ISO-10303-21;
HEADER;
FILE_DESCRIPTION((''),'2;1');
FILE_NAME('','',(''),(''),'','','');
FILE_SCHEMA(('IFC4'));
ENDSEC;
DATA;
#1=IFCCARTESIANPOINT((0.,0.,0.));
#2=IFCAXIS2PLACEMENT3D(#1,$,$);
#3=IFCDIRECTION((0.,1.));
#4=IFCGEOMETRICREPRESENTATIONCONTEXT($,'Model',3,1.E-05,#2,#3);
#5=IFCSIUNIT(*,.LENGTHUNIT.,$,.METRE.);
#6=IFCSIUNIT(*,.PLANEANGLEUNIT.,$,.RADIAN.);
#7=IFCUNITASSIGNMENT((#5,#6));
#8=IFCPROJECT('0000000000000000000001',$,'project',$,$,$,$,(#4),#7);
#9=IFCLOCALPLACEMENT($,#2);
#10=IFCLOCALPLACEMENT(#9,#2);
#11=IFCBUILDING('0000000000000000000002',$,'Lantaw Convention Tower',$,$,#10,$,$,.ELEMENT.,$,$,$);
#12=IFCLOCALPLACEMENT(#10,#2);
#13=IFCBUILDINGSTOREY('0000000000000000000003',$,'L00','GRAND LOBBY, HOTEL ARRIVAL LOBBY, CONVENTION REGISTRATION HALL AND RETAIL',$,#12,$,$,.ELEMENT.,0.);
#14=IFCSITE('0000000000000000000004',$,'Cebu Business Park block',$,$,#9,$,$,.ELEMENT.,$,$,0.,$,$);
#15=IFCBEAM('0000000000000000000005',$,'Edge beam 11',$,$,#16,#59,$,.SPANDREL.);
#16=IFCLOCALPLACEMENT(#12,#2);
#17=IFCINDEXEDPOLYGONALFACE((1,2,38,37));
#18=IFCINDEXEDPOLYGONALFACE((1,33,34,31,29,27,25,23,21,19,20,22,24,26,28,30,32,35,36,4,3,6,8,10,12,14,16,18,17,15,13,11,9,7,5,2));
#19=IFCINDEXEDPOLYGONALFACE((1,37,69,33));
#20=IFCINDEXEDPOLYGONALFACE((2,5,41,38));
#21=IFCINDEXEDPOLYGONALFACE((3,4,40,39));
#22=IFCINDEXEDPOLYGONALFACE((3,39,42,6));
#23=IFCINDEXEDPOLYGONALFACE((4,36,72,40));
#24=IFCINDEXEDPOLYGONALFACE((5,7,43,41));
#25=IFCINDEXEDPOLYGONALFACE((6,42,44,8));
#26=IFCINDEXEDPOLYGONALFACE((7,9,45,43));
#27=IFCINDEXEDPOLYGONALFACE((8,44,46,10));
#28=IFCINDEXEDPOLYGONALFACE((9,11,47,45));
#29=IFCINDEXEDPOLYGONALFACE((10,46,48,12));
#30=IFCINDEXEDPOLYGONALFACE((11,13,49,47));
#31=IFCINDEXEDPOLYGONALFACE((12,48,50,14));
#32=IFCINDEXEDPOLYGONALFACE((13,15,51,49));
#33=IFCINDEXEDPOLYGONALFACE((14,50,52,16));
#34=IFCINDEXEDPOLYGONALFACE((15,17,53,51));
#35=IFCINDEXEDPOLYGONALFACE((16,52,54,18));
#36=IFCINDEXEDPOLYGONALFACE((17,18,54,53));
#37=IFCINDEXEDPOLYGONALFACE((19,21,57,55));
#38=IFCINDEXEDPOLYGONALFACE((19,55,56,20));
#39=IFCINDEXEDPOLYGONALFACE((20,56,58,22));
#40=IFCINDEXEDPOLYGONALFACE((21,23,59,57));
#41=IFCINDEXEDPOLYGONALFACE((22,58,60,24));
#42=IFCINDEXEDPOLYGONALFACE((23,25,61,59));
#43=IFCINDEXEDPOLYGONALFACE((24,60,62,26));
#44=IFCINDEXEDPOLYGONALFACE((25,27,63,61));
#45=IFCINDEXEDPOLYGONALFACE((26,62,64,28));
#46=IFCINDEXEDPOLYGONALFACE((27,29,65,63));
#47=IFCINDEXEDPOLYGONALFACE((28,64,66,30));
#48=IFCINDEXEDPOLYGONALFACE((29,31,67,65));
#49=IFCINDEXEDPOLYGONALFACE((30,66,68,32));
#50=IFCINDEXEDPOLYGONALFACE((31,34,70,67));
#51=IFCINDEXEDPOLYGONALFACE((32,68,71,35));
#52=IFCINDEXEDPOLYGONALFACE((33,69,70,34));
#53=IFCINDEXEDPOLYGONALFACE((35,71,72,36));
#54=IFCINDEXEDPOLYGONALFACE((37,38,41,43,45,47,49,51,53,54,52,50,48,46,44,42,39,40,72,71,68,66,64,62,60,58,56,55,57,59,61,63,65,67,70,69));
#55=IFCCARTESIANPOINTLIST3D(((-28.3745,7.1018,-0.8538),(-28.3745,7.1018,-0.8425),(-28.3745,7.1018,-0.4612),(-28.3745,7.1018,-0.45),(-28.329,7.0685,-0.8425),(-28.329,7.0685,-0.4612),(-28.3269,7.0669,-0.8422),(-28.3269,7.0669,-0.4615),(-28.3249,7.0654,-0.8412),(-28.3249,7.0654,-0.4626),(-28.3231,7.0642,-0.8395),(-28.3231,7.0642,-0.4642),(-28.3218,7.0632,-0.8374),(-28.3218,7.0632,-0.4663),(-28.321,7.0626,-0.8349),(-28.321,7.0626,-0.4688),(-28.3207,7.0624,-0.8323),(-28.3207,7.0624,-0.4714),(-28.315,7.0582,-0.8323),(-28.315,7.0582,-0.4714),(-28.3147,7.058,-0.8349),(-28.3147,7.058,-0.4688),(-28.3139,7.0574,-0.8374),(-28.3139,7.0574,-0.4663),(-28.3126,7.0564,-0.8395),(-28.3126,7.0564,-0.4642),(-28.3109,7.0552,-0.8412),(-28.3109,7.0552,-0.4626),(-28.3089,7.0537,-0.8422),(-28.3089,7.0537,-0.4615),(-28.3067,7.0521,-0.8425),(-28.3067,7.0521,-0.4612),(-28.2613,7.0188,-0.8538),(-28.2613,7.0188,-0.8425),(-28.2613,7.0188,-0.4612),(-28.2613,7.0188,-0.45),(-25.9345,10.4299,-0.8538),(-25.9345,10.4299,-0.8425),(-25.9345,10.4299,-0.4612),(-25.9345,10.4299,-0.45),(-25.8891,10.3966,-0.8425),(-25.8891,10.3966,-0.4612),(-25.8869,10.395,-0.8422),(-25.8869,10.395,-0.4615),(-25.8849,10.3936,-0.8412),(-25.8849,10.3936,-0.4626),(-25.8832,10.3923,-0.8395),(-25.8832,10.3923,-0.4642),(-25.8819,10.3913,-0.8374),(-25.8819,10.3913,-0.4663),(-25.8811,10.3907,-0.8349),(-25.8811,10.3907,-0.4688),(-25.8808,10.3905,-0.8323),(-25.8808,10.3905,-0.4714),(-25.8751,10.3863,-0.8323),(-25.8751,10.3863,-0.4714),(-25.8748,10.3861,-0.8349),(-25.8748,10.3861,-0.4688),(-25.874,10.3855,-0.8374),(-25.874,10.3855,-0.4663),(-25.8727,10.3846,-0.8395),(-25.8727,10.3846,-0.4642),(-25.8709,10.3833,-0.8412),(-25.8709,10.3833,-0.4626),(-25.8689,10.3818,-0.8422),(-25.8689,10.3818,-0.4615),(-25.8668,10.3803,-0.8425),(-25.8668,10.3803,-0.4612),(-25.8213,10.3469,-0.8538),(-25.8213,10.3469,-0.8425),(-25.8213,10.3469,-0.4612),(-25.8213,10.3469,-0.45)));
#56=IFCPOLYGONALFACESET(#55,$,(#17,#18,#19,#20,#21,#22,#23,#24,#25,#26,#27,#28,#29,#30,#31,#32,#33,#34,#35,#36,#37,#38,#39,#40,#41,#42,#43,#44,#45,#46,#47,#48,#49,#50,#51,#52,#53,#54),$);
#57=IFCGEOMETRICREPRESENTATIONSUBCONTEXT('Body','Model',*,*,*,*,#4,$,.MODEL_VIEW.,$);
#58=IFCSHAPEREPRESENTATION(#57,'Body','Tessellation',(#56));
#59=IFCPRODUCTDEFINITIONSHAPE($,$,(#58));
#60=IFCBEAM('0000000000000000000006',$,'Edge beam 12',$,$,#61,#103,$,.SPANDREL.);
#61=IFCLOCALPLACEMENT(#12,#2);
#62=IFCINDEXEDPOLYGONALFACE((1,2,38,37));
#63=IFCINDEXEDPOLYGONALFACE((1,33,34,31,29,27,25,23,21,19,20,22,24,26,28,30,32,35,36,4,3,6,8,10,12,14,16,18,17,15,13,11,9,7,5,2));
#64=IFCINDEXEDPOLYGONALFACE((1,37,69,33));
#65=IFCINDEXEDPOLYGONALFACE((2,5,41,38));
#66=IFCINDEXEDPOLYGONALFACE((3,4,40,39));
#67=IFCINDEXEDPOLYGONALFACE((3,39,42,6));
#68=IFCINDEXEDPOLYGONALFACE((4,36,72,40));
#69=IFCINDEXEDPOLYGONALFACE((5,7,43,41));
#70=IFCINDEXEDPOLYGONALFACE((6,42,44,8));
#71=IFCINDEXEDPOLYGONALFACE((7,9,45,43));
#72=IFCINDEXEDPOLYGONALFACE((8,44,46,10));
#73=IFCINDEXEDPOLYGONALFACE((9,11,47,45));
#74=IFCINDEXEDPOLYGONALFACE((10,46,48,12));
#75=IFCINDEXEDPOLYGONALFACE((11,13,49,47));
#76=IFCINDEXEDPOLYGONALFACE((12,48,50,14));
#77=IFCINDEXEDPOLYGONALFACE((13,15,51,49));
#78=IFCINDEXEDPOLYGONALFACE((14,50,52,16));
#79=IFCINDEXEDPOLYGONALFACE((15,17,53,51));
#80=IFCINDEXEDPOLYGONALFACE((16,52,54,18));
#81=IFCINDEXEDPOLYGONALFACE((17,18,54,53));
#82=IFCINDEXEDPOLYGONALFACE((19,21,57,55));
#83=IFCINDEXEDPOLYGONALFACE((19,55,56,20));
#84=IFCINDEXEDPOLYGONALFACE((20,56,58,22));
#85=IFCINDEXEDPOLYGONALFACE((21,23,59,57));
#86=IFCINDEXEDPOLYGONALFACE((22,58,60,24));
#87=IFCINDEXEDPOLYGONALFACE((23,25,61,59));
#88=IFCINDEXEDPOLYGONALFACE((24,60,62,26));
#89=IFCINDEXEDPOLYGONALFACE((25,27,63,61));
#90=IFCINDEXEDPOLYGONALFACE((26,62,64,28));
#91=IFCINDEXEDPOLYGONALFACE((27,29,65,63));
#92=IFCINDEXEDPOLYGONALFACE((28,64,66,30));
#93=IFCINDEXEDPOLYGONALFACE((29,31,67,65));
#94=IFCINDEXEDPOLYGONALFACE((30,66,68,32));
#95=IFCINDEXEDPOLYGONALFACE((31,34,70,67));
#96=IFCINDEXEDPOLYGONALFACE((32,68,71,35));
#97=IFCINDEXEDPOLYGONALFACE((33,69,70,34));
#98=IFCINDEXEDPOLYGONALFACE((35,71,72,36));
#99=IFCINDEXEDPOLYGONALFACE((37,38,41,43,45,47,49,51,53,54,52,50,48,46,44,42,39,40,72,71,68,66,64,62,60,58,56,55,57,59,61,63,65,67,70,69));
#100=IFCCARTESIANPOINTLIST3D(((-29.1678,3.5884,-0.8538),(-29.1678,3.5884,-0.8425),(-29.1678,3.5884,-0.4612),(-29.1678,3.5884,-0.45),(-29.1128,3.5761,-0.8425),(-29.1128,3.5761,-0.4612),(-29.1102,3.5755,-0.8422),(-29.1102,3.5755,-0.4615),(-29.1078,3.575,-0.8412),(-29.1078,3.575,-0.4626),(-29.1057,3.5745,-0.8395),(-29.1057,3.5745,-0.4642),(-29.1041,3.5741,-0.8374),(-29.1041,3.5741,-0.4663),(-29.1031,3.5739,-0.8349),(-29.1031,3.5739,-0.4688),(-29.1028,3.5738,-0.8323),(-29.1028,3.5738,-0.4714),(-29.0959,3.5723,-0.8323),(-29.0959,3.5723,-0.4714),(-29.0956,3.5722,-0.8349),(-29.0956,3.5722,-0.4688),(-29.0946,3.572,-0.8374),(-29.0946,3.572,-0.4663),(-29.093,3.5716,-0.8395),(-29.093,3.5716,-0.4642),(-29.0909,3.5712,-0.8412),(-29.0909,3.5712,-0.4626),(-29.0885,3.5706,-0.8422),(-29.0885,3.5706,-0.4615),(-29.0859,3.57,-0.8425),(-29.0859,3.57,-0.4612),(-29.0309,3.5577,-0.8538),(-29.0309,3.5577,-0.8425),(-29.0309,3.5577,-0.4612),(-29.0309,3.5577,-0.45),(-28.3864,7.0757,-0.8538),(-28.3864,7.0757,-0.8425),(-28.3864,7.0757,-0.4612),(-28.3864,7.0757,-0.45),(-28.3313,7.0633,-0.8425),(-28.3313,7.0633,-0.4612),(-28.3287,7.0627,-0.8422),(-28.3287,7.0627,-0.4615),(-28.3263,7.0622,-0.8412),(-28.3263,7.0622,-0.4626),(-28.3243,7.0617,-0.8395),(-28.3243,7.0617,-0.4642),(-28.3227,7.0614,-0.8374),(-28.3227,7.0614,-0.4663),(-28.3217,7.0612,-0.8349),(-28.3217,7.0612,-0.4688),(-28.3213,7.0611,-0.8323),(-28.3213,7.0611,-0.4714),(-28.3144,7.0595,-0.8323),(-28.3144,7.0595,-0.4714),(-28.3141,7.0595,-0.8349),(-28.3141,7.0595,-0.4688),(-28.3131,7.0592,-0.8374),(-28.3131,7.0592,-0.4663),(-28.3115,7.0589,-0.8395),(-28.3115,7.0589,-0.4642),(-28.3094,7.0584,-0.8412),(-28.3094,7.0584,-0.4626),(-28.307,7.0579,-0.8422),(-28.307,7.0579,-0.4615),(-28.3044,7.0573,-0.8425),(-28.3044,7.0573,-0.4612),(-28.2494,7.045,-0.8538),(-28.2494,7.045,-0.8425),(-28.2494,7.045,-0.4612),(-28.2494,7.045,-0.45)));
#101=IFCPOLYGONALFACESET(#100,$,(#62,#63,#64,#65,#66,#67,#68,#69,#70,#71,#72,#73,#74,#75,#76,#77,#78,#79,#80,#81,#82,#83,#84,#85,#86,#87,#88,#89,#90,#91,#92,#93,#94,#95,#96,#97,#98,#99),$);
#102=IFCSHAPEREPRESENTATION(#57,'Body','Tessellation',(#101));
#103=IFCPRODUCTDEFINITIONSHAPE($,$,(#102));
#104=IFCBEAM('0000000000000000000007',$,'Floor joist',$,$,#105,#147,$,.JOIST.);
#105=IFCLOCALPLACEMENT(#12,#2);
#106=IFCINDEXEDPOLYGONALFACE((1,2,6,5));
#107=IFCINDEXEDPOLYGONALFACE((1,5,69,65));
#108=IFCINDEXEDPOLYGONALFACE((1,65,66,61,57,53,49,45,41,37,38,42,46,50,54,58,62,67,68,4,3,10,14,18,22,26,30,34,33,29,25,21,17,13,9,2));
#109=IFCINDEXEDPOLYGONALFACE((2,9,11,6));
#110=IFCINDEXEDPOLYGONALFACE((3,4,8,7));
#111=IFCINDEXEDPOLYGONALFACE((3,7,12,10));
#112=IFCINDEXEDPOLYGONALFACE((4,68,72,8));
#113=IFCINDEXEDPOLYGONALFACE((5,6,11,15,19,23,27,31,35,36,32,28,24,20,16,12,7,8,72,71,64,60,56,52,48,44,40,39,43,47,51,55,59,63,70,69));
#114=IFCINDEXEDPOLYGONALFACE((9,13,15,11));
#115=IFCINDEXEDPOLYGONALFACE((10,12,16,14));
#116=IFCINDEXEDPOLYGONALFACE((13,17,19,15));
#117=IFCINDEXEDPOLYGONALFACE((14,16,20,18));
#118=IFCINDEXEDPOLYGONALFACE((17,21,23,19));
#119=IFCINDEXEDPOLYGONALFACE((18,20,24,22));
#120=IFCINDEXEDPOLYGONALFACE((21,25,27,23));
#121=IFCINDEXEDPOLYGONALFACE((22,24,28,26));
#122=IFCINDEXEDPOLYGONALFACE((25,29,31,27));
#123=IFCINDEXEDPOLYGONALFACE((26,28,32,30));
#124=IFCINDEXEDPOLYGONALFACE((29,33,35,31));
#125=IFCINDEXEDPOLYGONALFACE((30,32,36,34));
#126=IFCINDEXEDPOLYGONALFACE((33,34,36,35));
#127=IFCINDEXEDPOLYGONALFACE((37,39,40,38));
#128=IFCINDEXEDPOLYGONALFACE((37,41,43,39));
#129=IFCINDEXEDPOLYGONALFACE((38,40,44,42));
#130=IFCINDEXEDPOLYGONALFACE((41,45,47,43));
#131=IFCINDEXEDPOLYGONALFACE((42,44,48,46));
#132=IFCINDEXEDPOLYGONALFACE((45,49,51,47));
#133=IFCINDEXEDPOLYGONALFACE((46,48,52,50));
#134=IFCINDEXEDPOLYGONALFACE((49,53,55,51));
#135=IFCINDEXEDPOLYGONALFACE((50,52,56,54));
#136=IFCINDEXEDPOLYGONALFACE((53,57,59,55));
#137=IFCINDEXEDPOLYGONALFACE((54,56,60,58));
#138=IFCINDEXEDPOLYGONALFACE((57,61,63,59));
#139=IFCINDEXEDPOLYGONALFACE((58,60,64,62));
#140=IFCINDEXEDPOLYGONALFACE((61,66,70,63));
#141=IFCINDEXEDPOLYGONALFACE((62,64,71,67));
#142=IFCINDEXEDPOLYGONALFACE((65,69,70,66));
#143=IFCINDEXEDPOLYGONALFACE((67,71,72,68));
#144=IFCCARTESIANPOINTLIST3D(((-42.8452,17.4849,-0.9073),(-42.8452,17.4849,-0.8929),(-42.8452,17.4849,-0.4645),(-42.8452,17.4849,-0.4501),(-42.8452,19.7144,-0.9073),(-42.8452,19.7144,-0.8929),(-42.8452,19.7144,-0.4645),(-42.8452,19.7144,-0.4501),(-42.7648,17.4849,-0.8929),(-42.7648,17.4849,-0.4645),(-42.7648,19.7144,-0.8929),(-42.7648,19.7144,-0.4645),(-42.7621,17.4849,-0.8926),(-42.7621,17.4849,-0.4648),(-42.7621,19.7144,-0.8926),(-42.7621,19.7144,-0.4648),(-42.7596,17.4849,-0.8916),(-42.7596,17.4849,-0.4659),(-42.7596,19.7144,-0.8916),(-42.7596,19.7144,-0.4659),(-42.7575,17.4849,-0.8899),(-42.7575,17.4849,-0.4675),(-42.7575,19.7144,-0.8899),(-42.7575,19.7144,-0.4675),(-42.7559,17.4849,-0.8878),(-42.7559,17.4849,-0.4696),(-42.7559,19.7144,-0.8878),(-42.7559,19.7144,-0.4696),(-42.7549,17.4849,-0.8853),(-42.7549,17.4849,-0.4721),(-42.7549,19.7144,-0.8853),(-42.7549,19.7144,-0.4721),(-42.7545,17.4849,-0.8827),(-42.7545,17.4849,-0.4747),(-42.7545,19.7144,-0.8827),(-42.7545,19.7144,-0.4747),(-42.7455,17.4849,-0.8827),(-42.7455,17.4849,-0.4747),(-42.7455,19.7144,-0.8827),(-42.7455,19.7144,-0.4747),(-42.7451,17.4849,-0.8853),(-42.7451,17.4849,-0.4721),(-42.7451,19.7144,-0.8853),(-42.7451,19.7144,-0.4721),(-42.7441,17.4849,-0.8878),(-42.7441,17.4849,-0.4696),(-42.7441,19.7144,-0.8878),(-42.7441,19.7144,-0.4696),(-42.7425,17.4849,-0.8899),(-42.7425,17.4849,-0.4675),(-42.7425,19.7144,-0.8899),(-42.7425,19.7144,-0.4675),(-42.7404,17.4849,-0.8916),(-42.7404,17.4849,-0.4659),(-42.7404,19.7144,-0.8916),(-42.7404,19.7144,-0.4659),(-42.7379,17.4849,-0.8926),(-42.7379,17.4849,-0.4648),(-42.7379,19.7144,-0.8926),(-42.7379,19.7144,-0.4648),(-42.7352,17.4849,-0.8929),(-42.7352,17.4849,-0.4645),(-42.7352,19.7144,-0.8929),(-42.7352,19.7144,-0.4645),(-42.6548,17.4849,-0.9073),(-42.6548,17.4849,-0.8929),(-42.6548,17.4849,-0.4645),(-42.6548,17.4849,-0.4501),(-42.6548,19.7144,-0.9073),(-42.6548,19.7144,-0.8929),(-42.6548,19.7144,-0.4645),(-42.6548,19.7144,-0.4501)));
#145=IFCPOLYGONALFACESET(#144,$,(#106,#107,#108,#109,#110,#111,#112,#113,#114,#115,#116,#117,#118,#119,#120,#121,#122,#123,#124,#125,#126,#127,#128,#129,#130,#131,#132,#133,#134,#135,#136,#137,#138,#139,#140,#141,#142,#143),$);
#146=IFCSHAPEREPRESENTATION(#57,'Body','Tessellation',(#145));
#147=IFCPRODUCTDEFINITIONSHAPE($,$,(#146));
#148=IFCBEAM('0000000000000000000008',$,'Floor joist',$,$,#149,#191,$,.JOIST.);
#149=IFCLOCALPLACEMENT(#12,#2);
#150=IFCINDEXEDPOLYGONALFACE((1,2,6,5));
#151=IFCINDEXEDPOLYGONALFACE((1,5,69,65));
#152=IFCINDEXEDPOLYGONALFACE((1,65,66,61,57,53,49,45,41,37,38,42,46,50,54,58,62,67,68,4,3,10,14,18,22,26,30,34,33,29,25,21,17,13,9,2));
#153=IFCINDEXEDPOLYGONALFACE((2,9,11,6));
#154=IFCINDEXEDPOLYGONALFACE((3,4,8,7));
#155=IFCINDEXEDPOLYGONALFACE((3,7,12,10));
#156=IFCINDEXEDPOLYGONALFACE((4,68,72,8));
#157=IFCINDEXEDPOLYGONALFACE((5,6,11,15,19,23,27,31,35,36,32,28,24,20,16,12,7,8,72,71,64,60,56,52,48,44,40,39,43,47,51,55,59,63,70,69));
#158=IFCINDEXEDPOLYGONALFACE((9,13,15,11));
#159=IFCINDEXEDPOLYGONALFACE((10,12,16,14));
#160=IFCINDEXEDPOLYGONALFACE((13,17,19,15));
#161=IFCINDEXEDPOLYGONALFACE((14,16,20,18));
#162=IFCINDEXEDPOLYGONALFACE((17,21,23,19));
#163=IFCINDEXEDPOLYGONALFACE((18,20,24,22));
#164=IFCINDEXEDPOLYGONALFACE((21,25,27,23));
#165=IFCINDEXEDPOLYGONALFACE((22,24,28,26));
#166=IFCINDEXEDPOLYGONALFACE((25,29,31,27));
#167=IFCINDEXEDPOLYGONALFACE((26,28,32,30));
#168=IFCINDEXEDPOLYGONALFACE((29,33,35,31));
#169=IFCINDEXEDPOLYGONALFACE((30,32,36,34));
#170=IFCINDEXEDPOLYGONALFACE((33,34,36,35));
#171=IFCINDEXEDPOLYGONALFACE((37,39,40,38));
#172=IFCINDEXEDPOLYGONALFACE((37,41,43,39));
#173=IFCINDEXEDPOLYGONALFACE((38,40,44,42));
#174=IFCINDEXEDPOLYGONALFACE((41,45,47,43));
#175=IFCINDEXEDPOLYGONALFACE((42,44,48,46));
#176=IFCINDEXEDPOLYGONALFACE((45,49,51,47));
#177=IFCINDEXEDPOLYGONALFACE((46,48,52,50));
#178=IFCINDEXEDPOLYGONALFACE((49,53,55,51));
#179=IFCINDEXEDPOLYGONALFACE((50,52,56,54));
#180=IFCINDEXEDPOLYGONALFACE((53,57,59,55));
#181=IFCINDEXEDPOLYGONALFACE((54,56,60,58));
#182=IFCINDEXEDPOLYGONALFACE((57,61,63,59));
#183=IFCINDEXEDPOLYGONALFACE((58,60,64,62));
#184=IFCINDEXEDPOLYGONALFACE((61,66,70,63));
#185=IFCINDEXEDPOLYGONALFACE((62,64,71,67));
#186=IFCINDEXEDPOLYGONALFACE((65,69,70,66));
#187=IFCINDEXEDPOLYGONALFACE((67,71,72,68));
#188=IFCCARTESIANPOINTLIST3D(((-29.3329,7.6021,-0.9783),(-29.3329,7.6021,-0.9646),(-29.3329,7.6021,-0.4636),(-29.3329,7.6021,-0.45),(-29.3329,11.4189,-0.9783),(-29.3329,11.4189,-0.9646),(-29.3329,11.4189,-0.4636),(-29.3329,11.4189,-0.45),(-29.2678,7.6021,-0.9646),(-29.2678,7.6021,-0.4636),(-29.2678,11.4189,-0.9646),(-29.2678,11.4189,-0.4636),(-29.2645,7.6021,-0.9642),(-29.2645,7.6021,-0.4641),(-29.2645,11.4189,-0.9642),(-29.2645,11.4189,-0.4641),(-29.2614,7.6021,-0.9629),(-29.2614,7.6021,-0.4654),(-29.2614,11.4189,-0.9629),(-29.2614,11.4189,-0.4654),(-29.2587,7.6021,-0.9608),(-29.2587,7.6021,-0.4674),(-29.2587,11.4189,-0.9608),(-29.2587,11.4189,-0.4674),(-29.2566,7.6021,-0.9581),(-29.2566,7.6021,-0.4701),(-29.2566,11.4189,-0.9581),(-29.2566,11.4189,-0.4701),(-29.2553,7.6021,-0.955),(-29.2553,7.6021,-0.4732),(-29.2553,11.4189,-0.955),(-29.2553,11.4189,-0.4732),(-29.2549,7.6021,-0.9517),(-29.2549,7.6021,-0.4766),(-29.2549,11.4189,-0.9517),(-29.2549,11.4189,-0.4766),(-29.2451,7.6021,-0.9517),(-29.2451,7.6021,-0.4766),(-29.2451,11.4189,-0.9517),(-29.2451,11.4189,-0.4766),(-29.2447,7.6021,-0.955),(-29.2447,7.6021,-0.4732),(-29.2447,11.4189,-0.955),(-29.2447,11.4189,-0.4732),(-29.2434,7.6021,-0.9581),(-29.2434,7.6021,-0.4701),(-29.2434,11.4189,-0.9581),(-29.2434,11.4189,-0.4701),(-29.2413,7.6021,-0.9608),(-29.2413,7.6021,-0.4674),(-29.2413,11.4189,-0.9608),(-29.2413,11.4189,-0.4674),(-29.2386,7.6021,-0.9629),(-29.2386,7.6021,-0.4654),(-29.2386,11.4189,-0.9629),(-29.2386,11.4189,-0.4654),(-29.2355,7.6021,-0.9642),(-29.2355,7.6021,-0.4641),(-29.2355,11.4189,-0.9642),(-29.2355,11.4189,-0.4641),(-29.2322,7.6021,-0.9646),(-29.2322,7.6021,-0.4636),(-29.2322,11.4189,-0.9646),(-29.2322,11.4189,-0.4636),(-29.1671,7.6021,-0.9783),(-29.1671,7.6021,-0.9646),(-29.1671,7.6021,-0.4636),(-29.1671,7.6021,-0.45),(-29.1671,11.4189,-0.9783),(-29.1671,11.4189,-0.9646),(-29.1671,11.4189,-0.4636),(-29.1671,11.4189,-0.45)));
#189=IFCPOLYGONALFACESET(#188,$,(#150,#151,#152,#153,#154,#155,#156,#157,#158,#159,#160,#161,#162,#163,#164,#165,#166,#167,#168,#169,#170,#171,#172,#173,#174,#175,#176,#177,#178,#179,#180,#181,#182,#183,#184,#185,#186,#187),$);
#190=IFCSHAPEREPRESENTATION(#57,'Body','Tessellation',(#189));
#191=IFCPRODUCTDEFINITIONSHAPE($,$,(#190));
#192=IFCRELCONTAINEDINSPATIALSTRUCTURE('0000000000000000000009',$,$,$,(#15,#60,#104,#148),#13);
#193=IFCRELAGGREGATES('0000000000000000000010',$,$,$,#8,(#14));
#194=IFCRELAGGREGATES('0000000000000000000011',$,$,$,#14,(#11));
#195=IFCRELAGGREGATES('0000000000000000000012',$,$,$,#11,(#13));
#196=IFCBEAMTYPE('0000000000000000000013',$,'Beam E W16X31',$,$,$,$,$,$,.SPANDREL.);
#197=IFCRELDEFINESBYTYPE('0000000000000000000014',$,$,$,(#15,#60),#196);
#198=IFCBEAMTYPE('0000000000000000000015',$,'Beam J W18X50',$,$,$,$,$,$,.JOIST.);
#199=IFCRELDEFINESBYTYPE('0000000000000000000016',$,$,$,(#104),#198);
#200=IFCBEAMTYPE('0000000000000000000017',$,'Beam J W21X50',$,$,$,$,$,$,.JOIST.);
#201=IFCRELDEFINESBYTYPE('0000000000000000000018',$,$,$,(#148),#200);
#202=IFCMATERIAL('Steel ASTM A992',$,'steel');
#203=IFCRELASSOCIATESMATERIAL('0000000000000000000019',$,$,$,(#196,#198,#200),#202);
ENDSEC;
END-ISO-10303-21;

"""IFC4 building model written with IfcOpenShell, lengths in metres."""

from ifc_helpers import new_model, si_unit, direction, frame, origin, origin_2d, place, context, subcontext, project, spatial, i_section, extrude, material, material_profile, profile_set, type_object, element, save


model = new_model("IFC4")

# Units and contexts
model_context = context("Model", 3, precision=1e-05, world=origin(), true_north=direction((0.0, 1.0)))
body_context = subcontext(model_context, "Body", "Model", "MODEL_VIEW")
ifc_project = project(units=[si_unit("LENGTHUNIT", "METRE"), si_unit("PLANEANGLEUNIT", "RADIAN")], contexts=[model_context])

# Site, building, storey
site_placement = place(None, origin())
site = spatial("IfcSite", under=ifc_project, at=site_placement, Name="Cebu Business Park block", CompositionType="ELEMENT", RefElevation=0.0)
building_placement = place(site_placement, origin())
building = spatial("IfcBuilding", under=site, at=building_placement, Name="Lantaw Convention Tower", CompositionType="ELEMENT")
storey_placement = place(building_placement, origin())
storey = spatial("IfcBuildingStorey", under=building, at=storey_placement, Name="L00", Description="GRAND LOBBY, HOTEL ARRIVAL LOBBY, CONVENTION REGISTRATION HALL AND RETAIL", CompositionType="ELEMENT", Elevation=0.0)

# Beams
ifc_material_1 = material(Name="Steel ASTM A992", Category="steel")
ifc_material_profile_1 = material_profile(ifc_material_1, i_section(OverallWidth=0.1404, OverallDepth=0.4038, WebThickness=0.0071, FlangeThickness=0.0112, FilletRadius=0.0103, at=origin_2d()), Name="W16X31")
ifc_profile_set_1 = profile_set([ifc_material_profile_1], Name="Steel ASTM A992")
beam_type_1 = type_object("IfcBeamType", Name="Beam E W16X31", PredefinedType="SPANDREL", material=ifc_profile_set_1)
beam_1_placement = place(storey_placement, frame((-25.8779, 10.3884, -0.6519), z_axis=(-0.591256, -0.806484, 0.0), x_axis=(0.806484, -0.591256, 0.0)))
element("IfcBeam", 1, at=beam_1_placement, inside=storey, type_object=beam_type_1, Name="Edge beam 11", PredefinedType="SPANDREL", context=body_context, shape_type="SweptSolid", body=[
    extrude(i_section(OverallWidth=0.1404, OverallDepth=0.4038, WebThickness=0.0071, FlangeThickness=0.0112, FilletRadius=0.0103, at=origin_2d()), origin(), (0.0, 0.0, 1.0), 4.1267),
])
beam_2_placement = place(storey_placement, frame((-28.3179, 7.0603, -0.6519), z_axis=(-0.218673, -0.975798, 0.0), x_axis=(0.975798, -0.218673, 0.0)))
element("IfcBeam", 2, at=beam_2_placement, inside=storey, type_object=beam_type_1, Name="Edge beam 12", PredefinedType="SPANDREL", context=body_context, shape_type="SweptSolid", body=[
    extrude(i_section(OverallWidth=0.1404, OverallDepth=0.4038, WebThickness=0.0071, FlangeThickness=0.0112, FilletRadius=0.0103, at=origin_2d()), origin(), (0.0, 0.0, 1.0), 3.5737),
])
ifc_material_profile_2 = material_profile(ifc_material_1, i_section(OverallWidth=0.1904, OverallDepth=0.4573, WebThickness=0.009, FlangeThickness=0.0144, FilletRadius=0.0103, at=origin_2d()), Name="W18X50")
ifc_profile_set_2 = profile_set([ifc_material_profile_2], Name="Steel ASTM A992")
beam_type_2 = type_object("IfcBeamType", Name="Beam J W18X50", PredefinedType="JOIST", material=ifc_profile_set_2)
beam_3_placement = place(storey_placement, frame((-42.75, 17.4849, -0.6787), z_axis=(0.0, 1.0, 0.0), x_axis=(-1.0, 0.0, 0.0)))
element("IfcBeam", 3, at=beam_3_placement, inside=storey, type_object=beam_type_2, Name="Floor joist", PredefinedType="JOIST", context=body_context, shape_type="SweptSolid", body=[
    extrude(i_section(OverallWidth=0.1904, OverallDepth=0.4573, WebThickness=0.009, FlangeThickness=0.0144, FilletRadius=0.0103, at=origin_2d()), origin(), (0.0, 0.0, 1.0), 2.2295),
])
ifc_material_profile_3 = material_profile(ifc_material_1, i_section(OverallWidth=0.1658, OverallDepth=0.5283, WebThickness=0.0098, FlangeThickness=0.0137, FilletRadius=0.0129, at=origin_2d()), Name="W21X50")
ifc_profile_set_3 = profile_set([ifc_material_profile_3], Name="Steel ASTM A992")
beam_type_3 = type_object("IfcBeamType", Name="Beam J W21X50", PredefinedType="JOIST", material=ifc_profile_set_3)
beam_4_placement = place(storey_placement, frame((-29.25, 7.6021, -0.7141), z_axis=(0.0, 1.0, 0.0), x_axis=(-1.0, 0.0, 0.0)))
element("IfcBeam", 4, at=beam_4_placement, inside=storey, type_object=beam_type_3, Name="Floor joist", PredefinedType="JOIST", context=body_context, shape_type="SweptSolid", body=[
    extrude(i_section(OverallWidth=0.1658, OverallDepth=0.5283, WebThickness=0.0098, FlangeThickness=0.0137, FilletRadius=0.0129, at=origin_2d()), origin(), (0.0, 0.0, 1.0), 3.8169),
])

save(model, "model.ifc")
